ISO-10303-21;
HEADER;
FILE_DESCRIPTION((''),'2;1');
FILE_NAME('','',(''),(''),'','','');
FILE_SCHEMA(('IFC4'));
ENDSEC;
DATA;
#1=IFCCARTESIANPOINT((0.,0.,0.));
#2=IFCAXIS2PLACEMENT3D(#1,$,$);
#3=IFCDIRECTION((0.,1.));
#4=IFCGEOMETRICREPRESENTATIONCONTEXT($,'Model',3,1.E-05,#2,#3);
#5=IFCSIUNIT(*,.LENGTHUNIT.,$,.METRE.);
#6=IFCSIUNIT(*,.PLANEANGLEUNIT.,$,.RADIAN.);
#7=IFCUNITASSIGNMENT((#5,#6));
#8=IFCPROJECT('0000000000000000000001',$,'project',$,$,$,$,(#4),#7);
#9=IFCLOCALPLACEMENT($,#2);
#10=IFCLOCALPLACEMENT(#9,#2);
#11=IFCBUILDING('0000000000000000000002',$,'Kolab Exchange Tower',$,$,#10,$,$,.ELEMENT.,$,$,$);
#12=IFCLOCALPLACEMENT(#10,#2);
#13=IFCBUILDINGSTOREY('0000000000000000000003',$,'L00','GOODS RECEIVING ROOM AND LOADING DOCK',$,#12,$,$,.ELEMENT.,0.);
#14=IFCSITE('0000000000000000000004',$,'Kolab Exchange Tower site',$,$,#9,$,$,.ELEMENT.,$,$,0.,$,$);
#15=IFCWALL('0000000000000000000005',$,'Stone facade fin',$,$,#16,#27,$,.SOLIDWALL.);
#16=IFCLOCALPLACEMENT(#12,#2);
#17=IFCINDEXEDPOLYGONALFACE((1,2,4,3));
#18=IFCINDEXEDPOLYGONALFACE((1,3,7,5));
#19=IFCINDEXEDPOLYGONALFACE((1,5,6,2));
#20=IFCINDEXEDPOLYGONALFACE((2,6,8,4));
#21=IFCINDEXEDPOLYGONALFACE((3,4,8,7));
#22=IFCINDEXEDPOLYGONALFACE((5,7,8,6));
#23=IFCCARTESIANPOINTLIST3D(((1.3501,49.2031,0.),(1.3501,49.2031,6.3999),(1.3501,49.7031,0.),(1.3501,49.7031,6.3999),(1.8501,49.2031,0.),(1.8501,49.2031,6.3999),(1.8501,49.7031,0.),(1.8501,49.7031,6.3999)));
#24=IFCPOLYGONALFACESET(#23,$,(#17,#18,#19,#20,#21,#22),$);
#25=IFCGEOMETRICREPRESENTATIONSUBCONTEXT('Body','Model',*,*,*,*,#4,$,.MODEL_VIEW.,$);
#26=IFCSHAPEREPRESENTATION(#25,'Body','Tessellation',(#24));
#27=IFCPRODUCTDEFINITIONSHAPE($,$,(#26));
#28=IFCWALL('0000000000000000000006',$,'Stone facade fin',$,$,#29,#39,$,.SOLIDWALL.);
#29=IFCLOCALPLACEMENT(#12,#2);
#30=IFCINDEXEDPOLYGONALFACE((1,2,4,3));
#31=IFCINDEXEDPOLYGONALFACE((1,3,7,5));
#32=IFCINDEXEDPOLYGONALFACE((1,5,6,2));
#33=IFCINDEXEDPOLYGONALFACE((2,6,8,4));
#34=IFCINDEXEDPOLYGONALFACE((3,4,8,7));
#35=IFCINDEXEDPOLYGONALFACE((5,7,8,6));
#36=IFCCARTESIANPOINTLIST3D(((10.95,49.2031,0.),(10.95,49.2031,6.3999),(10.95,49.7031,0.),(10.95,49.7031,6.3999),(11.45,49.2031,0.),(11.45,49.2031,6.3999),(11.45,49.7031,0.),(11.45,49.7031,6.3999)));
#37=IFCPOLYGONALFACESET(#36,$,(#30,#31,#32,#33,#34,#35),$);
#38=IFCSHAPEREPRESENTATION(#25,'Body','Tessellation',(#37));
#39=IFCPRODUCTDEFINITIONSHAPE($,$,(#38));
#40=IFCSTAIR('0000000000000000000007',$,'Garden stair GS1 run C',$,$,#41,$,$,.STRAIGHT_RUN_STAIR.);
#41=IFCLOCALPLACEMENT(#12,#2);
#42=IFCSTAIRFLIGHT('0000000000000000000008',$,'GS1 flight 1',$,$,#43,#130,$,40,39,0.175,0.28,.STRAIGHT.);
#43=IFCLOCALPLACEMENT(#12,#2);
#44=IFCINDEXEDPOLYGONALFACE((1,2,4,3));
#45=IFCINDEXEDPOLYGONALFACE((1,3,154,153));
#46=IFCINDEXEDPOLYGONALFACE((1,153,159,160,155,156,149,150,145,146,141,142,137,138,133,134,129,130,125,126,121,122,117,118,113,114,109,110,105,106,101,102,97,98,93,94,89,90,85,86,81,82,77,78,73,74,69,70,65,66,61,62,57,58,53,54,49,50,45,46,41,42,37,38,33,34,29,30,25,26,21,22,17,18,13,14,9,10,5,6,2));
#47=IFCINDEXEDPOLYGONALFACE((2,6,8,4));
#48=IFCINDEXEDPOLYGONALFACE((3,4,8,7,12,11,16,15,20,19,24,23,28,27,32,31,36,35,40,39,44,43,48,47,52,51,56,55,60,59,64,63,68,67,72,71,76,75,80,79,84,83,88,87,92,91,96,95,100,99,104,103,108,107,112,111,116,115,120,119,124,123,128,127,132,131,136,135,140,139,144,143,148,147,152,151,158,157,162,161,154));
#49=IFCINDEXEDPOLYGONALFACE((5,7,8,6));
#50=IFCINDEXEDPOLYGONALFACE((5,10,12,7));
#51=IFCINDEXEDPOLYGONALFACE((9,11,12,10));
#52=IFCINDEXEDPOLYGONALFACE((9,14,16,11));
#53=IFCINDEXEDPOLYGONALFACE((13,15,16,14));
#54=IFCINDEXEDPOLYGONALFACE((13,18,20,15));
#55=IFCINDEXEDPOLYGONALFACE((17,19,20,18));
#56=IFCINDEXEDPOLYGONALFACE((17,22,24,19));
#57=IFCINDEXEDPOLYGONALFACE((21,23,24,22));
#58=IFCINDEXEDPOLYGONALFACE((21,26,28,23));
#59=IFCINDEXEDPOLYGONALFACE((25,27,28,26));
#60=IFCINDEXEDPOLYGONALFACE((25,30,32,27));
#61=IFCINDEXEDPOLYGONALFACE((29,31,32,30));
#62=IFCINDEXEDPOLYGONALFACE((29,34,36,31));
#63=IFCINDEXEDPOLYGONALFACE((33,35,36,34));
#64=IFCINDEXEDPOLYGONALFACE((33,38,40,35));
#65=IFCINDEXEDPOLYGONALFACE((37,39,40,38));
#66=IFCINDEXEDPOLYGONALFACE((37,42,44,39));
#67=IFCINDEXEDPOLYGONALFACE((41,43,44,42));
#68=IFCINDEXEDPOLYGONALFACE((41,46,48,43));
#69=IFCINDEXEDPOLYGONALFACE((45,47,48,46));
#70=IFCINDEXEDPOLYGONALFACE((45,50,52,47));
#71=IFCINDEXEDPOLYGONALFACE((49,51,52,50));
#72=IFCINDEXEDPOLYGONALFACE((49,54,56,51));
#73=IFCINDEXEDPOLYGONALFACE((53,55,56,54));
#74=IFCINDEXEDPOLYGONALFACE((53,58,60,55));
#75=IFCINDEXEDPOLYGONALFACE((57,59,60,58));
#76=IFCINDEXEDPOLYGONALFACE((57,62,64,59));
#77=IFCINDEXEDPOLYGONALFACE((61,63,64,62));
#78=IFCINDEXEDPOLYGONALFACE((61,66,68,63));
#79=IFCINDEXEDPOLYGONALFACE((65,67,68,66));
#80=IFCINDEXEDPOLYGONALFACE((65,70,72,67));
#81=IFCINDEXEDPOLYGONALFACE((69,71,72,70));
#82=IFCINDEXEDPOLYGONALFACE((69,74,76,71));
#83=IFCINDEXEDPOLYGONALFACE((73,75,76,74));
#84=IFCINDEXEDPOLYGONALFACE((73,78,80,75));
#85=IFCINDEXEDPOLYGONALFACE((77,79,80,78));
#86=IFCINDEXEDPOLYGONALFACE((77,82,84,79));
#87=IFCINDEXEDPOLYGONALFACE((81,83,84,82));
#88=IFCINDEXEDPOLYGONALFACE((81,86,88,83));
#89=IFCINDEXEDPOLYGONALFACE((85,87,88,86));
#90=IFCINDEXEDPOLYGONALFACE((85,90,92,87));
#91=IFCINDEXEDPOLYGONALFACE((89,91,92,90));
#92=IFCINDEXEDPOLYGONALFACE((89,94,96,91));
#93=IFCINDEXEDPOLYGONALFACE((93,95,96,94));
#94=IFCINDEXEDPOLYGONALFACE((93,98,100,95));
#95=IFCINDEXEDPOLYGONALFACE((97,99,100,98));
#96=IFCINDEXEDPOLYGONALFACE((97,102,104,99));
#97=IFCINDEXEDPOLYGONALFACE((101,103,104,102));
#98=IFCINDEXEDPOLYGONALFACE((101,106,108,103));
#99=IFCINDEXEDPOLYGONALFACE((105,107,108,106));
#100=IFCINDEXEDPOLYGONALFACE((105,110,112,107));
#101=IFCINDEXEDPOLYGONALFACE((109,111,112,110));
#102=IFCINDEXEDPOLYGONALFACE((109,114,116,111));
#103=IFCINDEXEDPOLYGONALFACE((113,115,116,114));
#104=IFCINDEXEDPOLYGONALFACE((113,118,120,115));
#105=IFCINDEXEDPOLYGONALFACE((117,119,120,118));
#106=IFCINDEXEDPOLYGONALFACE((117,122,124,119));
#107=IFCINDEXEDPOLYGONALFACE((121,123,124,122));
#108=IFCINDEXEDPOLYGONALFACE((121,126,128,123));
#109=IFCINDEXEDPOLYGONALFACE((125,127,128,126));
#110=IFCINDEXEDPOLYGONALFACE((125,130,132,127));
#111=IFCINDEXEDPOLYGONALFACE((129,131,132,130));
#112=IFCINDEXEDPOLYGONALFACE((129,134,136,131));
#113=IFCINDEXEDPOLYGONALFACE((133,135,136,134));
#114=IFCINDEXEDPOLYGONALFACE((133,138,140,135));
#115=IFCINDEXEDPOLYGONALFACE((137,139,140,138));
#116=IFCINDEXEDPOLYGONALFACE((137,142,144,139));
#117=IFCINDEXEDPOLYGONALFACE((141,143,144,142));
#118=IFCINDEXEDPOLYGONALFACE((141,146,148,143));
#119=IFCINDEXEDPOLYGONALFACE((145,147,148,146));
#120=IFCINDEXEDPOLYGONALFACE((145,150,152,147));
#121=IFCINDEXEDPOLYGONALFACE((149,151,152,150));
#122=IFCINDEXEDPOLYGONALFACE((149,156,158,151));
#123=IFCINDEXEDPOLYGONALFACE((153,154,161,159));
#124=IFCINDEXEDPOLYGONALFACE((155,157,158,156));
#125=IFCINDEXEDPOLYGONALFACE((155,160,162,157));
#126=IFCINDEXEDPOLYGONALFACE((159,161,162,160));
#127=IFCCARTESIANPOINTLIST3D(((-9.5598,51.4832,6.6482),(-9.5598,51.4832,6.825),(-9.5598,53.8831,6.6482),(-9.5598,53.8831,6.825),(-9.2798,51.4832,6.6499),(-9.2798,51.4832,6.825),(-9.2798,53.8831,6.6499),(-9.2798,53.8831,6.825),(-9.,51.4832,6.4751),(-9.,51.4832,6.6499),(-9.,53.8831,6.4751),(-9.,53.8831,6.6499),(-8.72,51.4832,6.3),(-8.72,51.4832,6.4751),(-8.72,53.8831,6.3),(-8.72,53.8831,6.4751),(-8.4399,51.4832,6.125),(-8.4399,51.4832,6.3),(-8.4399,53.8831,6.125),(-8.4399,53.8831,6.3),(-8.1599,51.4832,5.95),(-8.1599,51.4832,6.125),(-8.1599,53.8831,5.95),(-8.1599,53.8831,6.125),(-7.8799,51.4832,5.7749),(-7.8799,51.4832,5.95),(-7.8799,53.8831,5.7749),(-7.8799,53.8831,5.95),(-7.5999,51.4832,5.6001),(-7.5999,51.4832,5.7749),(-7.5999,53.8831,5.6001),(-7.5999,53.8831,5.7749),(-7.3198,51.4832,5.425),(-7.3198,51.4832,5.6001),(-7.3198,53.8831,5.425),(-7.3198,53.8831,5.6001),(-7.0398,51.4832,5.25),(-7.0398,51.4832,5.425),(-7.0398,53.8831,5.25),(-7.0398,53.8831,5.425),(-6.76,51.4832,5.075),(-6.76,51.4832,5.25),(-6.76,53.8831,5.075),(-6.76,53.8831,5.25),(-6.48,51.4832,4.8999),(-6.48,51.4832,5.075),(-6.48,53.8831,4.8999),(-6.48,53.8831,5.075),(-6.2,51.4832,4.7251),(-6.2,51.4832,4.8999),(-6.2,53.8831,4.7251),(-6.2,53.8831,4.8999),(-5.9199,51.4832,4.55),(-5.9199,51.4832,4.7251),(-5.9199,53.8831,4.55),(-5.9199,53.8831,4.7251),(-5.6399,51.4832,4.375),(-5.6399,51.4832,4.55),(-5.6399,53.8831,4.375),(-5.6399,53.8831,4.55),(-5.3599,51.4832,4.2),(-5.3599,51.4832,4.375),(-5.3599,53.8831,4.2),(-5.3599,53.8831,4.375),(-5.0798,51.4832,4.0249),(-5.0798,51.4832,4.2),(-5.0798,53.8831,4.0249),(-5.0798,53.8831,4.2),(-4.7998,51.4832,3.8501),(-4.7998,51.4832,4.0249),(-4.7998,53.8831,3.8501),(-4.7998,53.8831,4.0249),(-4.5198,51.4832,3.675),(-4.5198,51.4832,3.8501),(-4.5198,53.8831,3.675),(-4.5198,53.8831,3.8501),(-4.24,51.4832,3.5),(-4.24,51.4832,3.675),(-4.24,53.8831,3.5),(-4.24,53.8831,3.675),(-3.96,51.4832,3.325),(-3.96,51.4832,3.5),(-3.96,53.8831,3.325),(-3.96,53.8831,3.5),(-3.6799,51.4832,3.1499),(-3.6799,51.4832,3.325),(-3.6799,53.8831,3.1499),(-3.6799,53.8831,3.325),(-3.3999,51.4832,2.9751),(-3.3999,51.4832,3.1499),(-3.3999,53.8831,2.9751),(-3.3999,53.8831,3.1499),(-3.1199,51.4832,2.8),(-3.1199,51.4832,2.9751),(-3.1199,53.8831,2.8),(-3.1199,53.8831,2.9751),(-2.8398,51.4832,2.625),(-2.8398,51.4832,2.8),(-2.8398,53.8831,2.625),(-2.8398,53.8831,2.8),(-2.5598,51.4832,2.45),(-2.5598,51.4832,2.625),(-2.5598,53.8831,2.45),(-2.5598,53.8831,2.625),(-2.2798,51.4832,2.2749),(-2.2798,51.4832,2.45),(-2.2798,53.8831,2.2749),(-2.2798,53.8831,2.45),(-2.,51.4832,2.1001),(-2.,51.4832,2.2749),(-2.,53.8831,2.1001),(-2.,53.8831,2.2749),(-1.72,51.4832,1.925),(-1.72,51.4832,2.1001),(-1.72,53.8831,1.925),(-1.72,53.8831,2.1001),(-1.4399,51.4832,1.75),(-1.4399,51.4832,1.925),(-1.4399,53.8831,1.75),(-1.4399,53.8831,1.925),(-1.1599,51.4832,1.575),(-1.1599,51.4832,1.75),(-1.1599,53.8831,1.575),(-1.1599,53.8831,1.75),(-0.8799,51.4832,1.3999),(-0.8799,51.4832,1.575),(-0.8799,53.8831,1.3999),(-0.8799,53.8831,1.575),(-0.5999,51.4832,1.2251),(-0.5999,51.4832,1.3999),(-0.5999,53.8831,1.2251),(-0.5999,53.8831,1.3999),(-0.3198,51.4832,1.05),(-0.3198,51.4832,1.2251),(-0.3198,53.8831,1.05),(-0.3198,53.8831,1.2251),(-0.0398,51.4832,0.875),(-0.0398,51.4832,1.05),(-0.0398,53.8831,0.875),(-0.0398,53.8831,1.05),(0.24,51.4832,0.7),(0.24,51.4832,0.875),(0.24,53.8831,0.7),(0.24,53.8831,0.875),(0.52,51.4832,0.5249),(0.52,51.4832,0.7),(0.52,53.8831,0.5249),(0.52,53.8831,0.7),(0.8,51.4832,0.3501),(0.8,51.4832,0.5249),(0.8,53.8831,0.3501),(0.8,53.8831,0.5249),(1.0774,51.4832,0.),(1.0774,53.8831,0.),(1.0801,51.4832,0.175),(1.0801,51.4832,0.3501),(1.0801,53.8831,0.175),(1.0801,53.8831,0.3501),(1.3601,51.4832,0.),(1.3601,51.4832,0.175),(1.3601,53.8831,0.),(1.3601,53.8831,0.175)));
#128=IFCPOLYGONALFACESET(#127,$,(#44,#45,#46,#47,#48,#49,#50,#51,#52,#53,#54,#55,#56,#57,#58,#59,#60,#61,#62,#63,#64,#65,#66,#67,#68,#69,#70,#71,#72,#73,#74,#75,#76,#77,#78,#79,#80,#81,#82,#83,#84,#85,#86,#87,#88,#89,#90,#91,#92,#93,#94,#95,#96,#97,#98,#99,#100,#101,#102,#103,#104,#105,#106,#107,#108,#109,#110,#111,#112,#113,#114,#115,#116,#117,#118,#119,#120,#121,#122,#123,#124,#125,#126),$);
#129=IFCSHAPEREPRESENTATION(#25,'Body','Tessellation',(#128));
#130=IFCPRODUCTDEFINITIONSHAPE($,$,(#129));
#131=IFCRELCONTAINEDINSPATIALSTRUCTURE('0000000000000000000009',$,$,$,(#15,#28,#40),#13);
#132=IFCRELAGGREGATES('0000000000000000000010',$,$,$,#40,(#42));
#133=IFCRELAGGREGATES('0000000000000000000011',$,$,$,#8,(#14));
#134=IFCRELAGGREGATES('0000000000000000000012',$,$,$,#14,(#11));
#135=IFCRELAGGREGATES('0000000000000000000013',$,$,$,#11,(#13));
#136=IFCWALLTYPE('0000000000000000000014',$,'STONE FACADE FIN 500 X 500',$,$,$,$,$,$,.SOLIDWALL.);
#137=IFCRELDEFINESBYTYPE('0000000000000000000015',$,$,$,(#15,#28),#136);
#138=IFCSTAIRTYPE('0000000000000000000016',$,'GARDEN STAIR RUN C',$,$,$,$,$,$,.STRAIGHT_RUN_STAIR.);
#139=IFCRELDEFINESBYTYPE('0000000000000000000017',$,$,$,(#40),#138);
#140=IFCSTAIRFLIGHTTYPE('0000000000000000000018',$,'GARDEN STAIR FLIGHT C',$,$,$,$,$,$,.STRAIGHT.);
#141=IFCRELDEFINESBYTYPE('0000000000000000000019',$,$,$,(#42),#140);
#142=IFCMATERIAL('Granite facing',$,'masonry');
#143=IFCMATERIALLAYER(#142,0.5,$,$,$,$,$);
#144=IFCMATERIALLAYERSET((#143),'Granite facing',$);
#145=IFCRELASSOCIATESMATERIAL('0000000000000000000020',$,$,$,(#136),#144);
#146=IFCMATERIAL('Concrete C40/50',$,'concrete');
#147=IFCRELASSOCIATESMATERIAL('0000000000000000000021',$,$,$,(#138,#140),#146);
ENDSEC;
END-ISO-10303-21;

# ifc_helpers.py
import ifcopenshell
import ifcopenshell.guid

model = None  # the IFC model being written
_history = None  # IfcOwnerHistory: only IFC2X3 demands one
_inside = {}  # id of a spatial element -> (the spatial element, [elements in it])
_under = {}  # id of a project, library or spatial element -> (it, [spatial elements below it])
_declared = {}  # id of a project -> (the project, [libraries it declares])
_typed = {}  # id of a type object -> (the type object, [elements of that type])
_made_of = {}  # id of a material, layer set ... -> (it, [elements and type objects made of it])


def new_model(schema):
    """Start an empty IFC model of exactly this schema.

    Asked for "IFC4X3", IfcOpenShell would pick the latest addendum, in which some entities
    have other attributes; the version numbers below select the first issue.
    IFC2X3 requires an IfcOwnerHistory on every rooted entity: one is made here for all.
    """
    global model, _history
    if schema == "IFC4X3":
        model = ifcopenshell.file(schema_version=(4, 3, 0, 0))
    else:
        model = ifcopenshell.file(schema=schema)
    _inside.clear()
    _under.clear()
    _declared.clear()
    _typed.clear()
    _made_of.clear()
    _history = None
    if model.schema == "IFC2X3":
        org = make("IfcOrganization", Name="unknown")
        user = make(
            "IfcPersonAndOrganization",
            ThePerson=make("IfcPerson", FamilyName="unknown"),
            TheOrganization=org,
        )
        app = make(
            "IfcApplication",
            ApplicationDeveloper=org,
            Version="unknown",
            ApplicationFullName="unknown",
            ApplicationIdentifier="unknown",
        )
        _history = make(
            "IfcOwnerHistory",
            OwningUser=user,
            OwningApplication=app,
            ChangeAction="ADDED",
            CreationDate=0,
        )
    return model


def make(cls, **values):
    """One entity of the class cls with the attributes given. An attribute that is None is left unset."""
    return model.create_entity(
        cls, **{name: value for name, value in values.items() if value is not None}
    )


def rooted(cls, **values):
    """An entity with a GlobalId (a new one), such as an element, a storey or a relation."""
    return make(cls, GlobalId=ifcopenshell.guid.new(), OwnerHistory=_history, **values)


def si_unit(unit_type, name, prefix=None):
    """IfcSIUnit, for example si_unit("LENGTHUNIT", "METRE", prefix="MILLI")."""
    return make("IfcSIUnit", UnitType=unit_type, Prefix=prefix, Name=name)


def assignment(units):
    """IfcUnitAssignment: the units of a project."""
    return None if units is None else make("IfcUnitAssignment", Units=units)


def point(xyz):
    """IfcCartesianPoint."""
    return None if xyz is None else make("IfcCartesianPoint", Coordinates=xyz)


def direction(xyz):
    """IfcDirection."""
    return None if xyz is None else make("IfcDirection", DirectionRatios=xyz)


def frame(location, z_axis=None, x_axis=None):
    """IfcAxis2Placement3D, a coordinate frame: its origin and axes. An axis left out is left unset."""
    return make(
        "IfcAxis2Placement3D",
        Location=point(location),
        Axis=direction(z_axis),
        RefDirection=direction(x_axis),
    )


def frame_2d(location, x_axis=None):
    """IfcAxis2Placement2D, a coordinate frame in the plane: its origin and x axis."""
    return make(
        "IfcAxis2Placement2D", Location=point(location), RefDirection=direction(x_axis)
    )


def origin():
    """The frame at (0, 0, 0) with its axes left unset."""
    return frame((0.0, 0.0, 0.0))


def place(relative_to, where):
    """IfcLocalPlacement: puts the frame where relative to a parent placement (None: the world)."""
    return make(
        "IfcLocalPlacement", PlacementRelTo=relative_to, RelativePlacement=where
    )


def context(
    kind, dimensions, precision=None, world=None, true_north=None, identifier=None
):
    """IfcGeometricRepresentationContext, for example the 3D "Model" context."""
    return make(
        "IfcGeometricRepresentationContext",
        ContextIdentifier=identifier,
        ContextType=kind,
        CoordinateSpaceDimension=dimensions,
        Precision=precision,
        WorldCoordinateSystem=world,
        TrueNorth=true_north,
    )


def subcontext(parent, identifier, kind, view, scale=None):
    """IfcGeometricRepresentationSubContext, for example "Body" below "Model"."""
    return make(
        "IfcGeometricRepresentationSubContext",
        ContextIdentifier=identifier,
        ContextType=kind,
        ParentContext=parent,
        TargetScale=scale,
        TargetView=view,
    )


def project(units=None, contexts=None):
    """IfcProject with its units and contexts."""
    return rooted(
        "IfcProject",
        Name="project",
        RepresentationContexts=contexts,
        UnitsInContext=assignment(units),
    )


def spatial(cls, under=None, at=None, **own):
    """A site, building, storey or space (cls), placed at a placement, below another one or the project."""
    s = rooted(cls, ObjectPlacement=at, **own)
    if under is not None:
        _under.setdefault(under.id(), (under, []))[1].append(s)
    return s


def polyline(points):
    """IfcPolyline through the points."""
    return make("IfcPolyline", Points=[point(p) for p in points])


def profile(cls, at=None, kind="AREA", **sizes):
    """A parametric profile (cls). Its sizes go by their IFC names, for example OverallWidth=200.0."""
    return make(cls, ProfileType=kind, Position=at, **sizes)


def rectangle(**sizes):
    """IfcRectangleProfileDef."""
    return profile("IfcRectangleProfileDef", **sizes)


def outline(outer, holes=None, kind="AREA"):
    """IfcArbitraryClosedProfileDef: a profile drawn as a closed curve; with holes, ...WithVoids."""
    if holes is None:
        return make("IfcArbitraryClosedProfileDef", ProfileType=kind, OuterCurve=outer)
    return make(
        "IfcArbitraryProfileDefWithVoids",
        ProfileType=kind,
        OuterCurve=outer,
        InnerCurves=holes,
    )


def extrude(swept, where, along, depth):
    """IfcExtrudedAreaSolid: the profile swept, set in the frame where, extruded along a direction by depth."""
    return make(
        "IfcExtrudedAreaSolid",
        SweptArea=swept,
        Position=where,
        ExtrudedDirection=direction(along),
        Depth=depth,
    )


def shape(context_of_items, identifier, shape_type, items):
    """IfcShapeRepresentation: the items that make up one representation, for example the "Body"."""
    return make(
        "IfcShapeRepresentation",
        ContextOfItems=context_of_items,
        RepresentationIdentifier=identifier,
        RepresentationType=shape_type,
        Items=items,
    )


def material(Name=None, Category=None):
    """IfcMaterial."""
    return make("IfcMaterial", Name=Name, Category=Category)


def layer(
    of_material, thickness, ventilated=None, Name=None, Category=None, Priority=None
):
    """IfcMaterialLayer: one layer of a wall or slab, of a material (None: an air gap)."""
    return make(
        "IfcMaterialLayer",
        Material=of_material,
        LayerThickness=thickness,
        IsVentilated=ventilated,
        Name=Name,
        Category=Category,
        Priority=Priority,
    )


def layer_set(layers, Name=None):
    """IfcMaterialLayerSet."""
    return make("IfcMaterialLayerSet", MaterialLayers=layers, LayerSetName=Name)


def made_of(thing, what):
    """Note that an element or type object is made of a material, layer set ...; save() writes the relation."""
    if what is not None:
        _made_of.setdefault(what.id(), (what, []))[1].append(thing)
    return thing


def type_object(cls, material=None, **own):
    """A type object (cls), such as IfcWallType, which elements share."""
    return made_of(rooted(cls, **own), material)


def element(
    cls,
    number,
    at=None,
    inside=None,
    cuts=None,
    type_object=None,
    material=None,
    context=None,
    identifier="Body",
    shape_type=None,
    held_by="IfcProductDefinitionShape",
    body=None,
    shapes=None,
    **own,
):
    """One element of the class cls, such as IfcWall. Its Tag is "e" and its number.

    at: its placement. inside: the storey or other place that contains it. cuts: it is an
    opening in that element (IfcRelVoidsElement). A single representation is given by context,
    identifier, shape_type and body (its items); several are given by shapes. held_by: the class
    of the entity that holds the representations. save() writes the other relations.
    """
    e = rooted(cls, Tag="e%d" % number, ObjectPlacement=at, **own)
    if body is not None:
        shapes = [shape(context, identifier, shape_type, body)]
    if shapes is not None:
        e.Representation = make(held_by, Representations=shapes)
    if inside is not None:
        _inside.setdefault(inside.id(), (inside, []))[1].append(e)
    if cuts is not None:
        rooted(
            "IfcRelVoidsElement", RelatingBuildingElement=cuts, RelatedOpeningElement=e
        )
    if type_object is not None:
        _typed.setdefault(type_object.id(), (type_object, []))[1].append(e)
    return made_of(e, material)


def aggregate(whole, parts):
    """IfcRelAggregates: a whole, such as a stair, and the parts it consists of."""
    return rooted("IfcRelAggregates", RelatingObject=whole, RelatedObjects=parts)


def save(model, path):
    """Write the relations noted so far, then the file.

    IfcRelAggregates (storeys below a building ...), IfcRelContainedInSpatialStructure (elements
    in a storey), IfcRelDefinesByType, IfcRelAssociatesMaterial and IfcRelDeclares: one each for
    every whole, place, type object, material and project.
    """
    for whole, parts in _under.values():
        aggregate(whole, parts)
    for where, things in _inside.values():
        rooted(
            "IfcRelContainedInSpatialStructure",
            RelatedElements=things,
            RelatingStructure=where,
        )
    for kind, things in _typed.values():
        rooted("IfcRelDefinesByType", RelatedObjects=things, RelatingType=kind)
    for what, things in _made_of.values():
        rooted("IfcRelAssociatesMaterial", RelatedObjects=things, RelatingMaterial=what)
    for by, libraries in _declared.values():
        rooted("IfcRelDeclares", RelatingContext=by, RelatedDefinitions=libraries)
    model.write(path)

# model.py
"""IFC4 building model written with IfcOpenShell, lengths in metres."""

from ifc_helpers import new_model, si_unit, direction, frame, frame_2d, origin, place, context, subcontext, project, spatial, polyline, rectangle, outline, extrude, material, layer, layer_set, type_object, element, aggregate, save


model = new_model("IFC4")

# Units and contexts
model_context = context("Model", 3, precision=1e-05, world=origin(), true_north=direction((0.0, 1.0)))
body_context = subcontext(model_context, "Body", "Model", "MODEL_VIEW")
ifc_project = project(units=[si_unit("LENGTHUNIT", "METRE"), si_unit("PLANEANGLEUNIT", "RADIAN")], contexts=[model_context])

# Site, building, storey
site_placement = place(None, origin())
site = spatial("IfcSite", under=ifc_project, at=site_placement, Name="Kolab Exchange Tower site", CompositionType="ELEMENT", RefElevation=0.0)
building_placement = place(site_placement, origin())
building = spatial("IfcBuilding", under=site, at=building_placement, Name="Kolab Exchange Tower", CompositionType="ELEMENT")
storey_placement = place(building_placement, origin())
storey = spatial("IfcBuildingStorey", under=building, at=storey_placement, Name="L00", Description="GOODS RECEIVING ROOM AND LOADING DOCK", CompositionType="ELEMENT", Elevation=0.0)

# Walls
ifc_material_1 = material(Name="Granite facing", Category="masonry")
ifc_material_2 = material(Name="Concrete C40/50", Category="concrete")
ifc_layer_1 = layer(ifc_material_1, 0.5)
ifc_layer_set_1 = layer_set([ifc_layer_1], Name="Granite facing")
wall_type_1 = type_object("IfcWallType", Name="STONE FACADE FIN 500 X 500", PredefinedType="SOLIDWALL", material=ifc_layer_set_1)
for number, where, z_axis, x_axis, name in (
    (1, (1.3501, 49.4531, 0.0), (0.0, 0.0, 1.0), (1.0, 0.0, 0.0), "Stone facade fin"),
    (2, (10.95, 49.4531, 0.0), (0.0, 0.0, 1.0), (1.0, 0.0, 0.0), "Stone facade fin"),
):
    element("IfcWall", number, at=place(storey_placement, frame(where, z_axis=z_axis, x_axis=x_axis)), inside=storey, type_object=wall_type_1, Name=name, PredefinedType="SOLIDWALL", context=body_context, shape_type="SweptSolid", body=[
        extrude(rectangle(XDim=0.5, YDim=0.5, at=frame_2d((0.25, 0.0))), origin(), (0.0, 0.0, 1.0), 6.3999),
    ])

# Stair, stair flight
stair_type = type_object("IfcStairType", Name="GARDEN STAIR RUN C", PredefinedType="STRAIGHT_RUN_STAIR", material=ifc_material_2)
stair_placement = place(storey_placement, origin())
stair = element("IfcStair", 3, at=stair_placement, inside=storey, type_object=stair_type, Name="Garden stair GS1 run C", PredefinedType="STRAIGHT_RUN_STAIR")
stair_flight_type = type_object("IfcStairFlightType", Name="GARDEN STAIR FLIGHT C", PredefinedType="STRAIGHT", material=ifc_material_2)
stair_flight_placement = place(storey_placement, frame((1.3601, 52.6831, 0.0), z_axis=(0.0, 0.0, 1.0), x_axis=(-1.0, 0.0, 0.0)))
stair_flight = element("IfcStairFlight", 4, at=stair_flight_placement, type_object=stair_flight_type, Name="GS1 flight 1", NumberOfRisers=40, NumberOfTreads=39, PredefinedType="STRAIGHT", RiserHeight=0.175, TreadLength=0.28, context=body_context, shape_type="SweptSolid", body=[
    extrude(outline(polyline([(0.0, 0.0), (0.0, 0.175), (0.28, 0.175), (0.28, 0.3501), (0.5601, 0.3501), (0.5601, 0.5249), (0.8401, 0.5249), (0.8401, 0.7), (1.1201, 0.7), (1.1201, 0.875), (1.3999, 0.875), (1.3999, 1.05), (1.6799, 1.05), (1.6799, 1.2251), (1.96, 1.2251), (1.96, 1.3999), (2.24, 1.3999), (2.24, 1.575), (2.52, 1.575), (2.52, 1.75), (2.8, 1.75), (2.8, 1.925), (3.0801, 1.925), (3.0801, 2.1001), (3.3601, 2.1001), (3.3601, 2.2749), (3.6399, 2.2749), (3.6399, 2.45), (3.9199, 2.45), (3.9199, 2.625), (4.2, 2.625), (4.2, 2.8), (4.48, 2.8), (4.48, 2.9751), (4.76, 2.9751), (4.76, 3.1499), (5.04, 3.1499), (5.04, 3.325), (5.3201, 3.325), (5.3201, 3.5), (5.6001, 3.5), (5.6001, 3.675), (5.8799, 3.675), (5.8799, 3.8501), (6.1599, 3.8501), (6.1599, 4.0249), (6.4399, 4.0249), (6.4399, 4.2), (6.72, 4.2), (6.72, 4.375), (7.0, 4.375), (7.0, 4.55), (7.28, 4.55), (7.28, 4.7251), (7.5601, 4.7251), (7.5601, 4.8999), (7.8401, 4.8999), (7.8401, 5.075), (8.1201, 5.075), (8.1201, 5.25), (8.3999, 5.25), (8.3999, 5.425), (8.6799, 5.425), (8.6799, 5.6001), (8.96, 5.6001), (8.96, 5.7749), (9.24, 5.7749), (9.24, 5.95), (9.52, 5.95), (9.52, 6.125), (9.8, 6.125), (9.8, 6.3), (10.0801, 6.3), (10.0801, 6.4751), (10.3601, 6.4751), (10.3601, 6.6499), (10.6399, 6.6499), (10.6399, 6.825), (10.9199, 6.825), (10.9199, 7.0), (10.9199, 6.6482), (0.2827, 0.0), (0.0, 0.0)])), frame((0.0, 1.2, 0.0), z_axis=(0.0, -1.0, 0.0), x_axis=(1.0, 0.0, 0.0)), (0.0, 0.0, 1.0), 2.3999),
])
aggregate(stair, [stair_flight])

save(model, "model.ifc")
